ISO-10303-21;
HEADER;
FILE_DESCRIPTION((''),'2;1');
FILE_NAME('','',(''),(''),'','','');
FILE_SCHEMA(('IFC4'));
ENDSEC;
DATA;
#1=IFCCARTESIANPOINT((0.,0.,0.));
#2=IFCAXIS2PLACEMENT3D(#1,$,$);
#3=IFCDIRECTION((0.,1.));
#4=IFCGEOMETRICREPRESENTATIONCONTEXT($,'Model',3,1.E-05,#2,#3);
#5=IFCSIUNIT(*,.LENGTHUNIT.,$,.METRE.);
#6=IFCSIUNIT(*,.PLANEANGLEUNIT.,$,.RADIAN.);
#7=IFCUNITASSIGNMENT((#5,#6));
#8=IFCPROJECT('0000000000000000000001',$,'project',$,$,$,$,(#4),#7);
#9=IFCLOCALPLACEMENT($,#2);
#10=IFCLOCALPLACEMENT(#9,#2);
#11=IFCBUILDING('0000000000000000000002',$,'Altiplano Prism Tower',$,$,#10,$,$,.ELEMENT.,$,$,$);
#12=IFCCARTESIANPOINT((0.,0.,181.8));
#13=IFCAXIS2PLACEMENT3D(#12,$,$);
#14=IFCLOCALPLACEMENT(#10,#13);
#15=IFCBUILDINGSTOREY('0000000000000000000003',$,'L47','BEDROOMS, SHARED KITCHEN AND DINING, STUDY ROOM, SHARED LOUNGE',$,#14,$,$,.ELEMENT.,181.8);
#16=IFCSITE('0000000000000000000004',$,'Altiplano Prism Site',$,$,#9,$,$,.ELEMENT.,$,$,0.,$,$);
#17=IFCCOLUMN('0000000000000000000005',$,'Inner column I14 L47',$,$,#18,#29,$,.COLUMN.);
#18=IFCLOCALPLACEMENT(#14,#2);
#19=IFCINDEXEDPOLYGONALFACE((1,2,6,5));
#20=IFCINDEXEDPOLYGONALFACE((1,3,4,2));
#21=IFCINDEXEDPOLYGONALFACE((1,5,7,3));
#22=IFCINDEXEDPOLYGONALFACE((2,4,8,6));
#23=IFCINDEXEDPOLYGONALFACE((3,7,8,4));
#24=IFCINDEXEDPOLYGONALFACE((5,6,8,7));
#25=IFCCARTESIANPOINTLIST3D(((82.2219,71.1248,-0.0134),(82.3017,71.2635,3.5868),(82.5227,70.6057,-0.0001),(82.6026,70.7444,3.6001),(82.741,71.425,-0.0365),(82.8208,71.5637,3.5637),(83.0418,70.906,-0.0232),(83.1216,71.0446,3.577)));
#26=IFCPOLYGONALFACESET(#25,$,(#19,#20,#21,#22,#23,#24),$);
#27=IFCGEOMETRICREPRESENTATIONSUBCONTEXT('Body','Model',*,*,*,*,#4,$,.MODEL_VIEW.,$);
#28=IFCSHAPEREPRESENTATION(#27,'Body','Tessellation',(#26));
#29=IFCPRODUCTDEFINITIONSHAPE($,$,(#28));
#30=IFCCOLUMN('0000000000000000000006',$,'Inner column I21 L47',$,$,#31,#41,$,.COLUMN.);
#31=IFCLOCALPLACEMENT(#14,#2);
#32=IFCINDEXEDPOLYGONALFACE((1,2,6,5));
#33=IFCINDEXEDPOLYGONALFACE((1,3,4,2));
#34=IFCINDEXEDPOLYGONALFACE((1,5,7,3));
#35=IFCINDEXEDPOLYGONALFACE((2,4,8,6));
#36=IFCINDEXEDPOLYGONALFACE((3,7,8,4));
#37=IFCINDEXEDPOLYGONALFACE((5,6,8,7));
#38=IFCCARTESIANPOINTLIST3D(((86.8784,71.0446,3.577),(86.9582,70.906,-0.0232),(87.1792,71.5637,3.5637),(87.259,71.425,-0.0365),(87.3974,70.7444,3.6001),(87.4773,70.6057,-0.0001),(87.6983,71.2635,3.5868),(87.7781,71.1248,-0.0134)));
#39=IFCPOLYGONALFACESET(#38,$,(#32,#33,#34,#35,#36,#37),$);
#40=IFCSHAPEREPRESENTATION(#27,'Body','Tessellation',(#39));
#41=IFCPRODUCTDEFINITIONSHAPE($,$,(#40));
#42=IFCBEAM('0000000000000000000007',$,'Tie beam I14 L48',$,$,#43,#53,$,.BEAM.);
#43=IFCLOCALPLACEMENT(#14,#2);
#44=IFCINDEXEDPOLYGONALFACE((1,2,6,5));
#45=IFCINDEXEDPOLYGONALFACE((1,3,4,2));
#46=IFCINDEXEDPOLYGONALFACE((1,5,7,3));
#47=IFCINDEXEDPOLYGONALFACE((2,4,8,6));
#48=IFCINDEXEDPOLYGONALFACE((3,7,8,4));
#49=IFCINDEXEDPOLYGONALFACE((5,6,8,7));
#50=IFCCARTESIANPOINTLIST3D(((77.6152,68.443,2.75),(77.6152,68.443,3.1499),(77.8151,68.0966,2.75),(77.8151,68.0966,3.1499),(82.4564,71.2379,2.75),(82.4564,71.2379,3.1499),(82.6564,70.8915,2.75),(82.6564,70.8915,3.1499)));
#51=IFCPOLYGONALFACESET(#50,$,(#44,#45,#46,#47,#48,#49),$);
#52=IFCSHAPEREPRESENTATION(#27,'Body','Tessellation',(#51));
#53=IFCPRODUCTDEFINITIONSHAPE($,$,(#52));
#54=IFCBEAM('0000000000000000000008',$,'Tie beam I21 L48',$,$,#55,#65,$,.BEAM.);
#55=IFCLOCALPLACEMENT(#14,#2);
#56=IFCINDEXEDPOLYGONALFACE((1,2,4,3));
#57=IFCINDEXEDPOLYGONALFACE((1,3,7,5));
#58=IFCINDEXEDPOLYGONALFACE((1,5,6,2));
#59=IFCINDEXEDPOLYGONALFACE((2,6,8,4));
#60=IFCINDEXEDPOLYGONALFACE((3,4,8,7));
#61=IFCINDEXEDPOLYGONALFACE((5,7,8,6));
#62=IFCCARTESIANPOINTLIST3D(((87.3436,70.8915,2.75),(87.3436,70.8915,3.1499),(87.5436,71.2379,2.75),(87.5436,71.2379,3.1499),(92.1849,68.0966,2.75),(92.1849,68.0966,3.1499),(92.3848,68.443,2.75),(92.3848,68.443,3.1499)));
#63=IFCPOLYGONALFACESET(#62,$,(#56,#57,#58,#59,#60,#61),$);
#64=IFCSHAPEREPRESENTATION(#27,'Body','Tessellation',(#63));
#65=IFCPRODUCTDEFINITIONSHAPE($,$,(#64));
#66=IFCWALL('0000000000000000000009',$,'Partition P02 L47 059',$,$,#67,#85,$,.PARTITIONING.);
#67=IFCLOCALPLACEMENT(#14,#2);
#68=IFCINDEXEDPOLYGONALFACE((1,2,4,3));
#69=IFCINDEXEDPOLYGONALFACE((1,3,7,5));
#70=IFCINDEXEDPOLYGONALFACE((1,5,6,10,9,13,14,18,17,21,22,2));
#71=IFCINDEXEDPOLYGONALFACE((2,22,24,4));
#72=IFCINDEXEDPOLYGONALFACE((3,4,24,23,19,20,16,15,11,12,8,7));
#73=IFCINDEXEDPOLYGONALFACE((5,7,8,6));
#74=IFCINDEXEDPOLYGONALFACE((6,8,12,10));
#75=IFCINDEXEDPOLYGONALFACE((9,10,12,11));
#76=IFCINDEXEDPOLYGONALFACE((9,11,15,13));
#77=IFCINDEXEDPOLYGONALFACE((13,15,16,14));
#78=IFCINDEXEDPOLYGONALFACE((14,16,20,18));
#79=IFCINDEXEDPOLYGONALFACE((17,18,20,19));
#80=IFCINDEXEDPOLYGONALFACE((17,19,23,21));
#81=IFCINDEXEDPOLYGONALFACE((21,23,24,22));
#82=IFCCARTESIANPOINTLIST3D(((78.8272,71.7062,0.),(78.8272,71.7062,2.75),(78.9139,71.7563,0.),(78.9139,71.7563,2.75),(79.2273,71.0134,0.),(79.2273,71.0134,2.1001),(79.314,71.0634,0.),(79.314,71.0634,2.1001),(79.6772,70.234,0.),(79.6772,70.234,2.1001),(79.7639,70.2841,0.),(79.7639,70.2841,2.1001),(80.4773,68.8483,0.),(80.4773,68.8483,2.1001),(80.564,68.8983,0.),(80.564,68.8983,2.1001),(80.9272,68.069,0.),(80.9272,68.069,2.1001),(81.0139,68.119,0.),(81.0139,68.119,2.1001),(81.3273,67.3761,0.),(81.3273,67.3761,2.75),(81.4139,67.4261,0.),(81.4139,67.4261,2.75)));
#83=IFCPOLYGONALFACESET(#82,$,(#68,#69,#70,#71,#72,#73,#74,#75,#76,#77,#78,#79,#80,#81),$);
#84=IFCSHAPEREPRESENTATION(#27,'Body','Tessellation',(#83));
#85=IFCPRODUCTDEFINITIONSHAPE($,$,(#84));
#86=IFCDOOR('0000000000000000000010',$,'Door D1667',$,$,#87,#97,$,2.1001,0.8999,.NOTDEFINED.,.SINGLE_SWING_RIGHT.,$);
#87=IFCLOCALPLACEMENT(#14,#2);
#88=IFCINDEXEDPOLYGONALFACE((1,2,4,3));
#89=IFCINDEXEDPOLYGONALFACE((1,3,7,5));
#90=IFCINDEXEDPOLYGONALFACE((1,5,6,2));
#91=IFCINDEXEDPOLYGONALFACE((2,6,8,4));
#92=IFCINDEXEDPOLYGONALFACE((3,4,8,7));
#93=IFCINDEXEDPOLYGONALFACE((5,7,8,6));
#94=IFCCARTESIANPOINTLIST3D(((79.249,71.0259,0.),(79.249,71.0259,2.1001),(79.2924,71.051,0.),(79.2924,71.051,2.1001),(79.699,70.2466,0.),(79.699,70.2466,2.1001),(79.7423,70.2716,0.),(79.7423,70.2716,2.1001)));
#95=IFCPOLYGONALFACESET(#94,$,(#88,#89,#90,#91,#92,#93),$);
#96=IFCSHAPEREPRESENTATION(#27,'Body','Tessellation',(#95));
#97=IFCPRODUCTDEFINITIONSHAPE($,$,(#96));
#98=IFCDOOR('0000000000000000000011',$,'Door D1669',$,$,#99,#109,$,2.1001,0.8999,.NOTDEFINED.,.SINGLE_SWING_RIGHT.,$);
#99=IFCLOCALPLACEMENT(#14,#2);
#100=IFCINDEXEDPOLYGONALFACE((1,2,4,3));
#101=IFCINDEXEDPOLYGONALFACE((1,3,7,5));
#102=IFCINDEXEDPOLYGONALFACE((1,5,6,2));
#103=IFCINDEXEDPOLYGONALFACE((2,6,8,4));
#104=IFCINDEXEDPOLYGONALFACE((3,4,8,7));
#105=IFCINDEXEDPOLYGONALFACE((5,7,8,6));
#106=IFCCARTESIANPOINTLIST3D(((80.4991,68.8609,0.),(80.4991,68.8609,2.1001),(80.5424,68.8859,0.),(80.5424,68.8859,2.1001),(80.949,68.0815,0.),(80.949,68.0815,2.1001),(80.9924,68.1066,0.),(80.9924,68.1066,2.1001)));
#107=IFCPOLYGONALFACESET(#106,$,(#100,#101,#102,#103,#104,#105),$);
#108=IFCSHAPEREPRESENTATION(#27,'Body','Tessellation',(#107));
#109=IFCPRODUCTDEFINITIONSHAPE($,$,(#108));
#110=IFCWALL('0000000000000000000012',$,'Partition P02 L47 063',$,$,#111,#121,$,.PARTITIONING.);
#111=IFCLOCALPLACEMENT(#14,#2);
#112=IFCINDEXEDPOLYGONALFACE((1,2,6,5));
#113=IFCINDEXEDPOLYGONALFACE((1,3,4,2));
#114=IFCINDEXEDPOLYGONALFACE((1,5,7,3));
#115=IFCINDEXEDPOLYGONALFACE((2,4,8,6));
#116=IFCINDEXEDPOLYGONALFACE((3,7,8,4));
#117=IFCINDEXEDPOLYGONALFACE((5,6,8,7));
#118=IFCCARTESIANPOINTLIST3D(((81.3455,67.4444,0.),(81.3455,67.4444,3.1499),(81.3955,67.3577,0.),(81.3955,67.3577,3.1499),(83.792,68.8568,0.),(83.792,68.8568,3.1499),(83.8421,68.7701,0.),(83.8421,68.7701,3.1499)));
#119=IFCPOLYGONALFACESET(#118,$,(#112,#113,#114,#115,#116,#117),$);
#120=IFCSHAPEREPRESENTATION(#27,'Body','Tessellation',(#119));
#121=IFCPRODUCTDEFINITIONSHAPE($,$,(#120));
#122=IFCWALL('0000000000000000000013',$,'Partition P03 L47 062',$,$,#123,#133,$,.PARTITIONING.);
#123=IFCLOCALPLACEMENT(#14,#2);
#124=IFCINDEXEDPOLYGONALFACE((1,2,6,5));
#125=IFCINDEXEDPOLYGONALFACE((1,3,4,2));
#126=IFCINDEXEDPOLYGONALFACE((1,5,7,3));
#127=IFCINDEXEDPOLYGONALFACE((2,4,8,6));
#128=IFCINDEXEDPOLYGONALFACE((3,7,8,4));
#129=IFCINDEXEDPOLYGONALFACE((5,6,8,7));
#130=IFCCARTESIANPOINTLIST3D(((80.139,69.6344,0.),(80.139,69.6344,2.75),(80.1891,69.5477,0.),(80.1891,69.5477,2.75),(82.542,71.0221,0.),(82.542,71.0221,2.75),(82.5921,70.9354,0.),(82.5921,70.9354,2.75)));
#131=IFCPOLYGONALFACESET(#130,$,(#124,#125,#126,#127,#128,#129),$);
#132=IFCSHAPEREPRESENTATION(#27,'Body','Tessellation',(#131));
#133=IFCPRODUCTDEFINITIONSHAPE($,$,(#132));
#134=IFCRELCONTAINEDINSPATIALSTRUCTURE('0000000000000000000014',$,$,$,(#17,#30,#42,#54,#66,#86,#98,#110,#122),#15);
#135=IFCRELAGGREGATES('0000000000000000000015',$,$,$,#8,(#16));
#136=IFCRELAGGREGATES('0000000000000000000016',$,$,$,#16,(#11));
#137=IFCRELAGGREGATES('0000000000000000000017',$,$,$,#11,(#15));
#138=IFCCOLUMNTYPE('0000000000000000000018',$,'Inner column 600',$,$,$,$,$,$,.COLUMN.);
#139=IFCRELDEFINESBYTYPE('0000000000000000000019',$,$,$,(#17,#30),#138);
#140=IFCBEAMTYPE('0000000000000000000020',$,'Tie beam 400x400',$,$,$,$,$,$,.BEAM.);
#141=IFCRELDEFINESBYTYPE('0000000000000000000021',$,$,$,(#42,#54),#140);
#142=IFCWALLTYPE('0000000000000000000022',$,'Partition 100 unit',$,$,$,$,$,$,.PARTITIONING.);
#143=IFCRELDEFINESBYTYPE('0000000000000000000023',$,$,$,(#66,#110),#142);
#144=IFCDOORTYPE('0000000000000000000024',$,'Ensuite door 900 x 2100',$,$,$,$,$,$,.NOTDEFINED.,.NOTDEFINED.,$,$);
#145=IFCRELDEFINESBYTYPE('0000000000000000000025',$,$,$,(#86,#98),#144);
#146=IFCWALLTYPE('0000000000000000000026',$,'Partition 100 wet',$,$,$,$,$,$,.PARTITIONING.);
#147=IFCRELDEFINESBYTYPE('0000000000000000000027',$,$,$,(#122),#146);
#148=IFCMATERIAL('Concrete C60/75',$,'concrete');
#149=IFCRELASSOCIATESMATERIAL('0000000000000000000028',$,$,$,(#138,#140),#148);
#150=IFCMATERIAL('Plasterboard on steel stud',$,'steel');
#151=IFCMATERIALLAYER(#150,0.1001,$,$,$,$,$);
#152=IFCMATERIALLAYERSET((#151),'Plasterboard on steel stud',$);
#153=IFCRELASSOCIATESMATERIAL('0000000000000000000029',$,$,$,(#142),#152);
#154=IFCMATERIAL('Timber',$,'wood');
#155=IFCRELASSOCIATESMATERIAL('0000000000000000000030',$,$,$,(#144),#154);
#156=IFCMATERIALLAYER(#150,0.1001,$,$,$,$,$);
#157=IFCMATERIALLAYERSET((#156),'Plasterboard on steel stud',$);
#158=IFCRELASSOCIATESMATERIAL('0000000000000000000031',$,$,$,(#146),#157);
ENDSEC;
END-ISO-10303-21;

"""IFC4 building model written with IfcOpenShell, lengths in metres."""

from ifc_helpers import new_model, si_unit, direction, frame, frame_2d, origin, origin_2d, place, context, subcontext, project, spatial, rectangle, extrude, material, layer, layer_set, material_profile, profile_set, type_object, element, fill, save


model = new_model("IFC4")

# Units and contexts
model_context = context("Model", 3, precision=1e-05, world=origin(), true_north=direction((0.0, 1.0)))
body_context = subcontext(model_context, "Body", "Model", "MODEL_VIEW")
ifc_project = project(units=[si_unit("LENGTHUNIT", "METRE"), si_unit("PLANEANGLEUNIT", "RADIAN")], contexts=[model_context])

# Site, building, storey
site_placement = place(None, origin())
site = spatial("IfcSite", under=ifc_project, at=site_placement, Name="Altiplano Prism Site", CompositionType="ELEMENT", RefElevation=0.0)
building_placement = place(site_placement, origin())
building = spatial("IfcBuilding", under=site, at=building_placement, Name="Altiplano Prism Tower", CompositionType="ELEMENT")
storey_placement = place(building_placement, frame((0.0, 0.0, 181.8)))
storey = spatial("IfcBuildingStorey", under=building, at=storey_placement, Name="L47", Description="BEDROOMS, SHARED KITCHEN AND DINING, STUDY ROOM, SHARED LOUNGE", CompositionType="ELEMENT", Elevation=181.8)

# Columns
ifc_material_1 = material(Name="Concrete C60/75", Category="concrete")
ifc_material_profile_1 = material_profile(ifc_material_1, rectangle(XDim=0.6001, YDim=0.6001, at=origin_2d()), Name="Inner column 600")
ifc_profile_set_1 = profile_set([ifc_material_profile_1], Name="Concrete C60/75")
column_type = type_object("IfcColumnType", Name="Inner column 600", PredefinedType="COLUMN", material=ifc_profile_set_1)
for number, where, z_axis, x_axis, name in (
    (1, (82.6318, 71.0154, -0.0183), (0.022154, 0.038481, 0.999014), (-0.864984, -0.500324, 0.038453), "Inner column I14 L47"),
    (2, (87.3682, 71.0154, -0.0183), (-0.022154, 0.038481, 0.999014), (-0.50131, -0.864983, 0.022201), "Inner column I21 L47"),
):
    element("IfcColumn", number, at=place(storey_placement, frame(where, z_axis=z_axis, x_axis=x_axis)), inside=storey, type_object=column_type, Name=name, PredefinedType="COLUMN", context=body_context, shape_type="SweptSolid", body=[
        extrude(rectangle(XDim=0.6001, YDim=0.6001, at=origin_2d()), origin(), (0.0, 0.0, 1.0), 3.6038),
    ])

# Beams
ifc_material_profile_2 = material_profile(ifc_material_1, rectangle(XDim=0.3999, YDim=0.3999, at=origin_2d()), Name="Tie beam 400x400")
ifc_profile_set_2 = profile_set([ifc_material_profile_2], Name="Concrete C60/75")
beam_type = type_object("IfcBeamType", Name="Tie beam 400x400", PredefinedType="BEAM", material=ifc_profile_set_2)
for number, where, z_axis, x_axis, name in (
    (3, (82.5564, 71.0647, 2.95), (-0.866042, -0.499972, 0.0), (0.499972, -0.866042, 0.0), "Tie beam I14 L48"),
    (4, (87.4436, 71.0647, 2.95), (0.866042, -0.499972, 0.0), (0.499972, 0.866042, 0.0), "Tie beam I21 L48"),
):
    element("IfcBeam", number, at=place(storey_placement, frame(where, z_axis=z_axis, x_axis=x_axis)), inside=storey, type_object=beam_type, Name=name, PredefinedType="BEAM", context=body_context, shape_type="SweptSolid", body=[
        extrude(rectangle(XDim=0.3999, YDim=0.3999, at=origin_2d()), origin(), (0.0, 0.0, 1.0), 5.5901),
    ])

# Wall, openings, doors
ifc_material_2 = material(Name="Plasterboard on steel stud", Category="steel")
ifc_layer_1 = layer(ifc_material_2, 0.1001)
ifc_layer_set_1 = layer_set([ifc_layer_1], Name="Plasterboard on steel stud")
wall_type_1 = type_object("IfcWallType", Name="Partition 100 unit", PredefinedType="PARTITIONING", material=ifc_layer_set_1)
wall_1_placement = place(storey_placement, frame((81.3706, 67.4011, 0.0), z_axis=(0.0, 0.0, 1.0), x_axis=(-0.500004, 0.866023, 0.0)))
wall_1 = element("IfcWall", 5, at=wall_1_placement, inside=storey, type_object=wall_type_1, Name="Partition P02 L47 059", PredefinedType="PARTITIONING", context=body_context, shape_type="SweptSolid", body=[
    extrude(rectangle(XDim=5.0, YDim=0.1001, at=frame_2d((2.5, 0.0))), origin(), (0.0, 0.0, 1.0), 2.75),
])
opening_1_placement = place(wall_1_placement, frame((3.3, 0.0, 0.0)))
opening_1 = element("IfcOpeningElement", 6, at=opening_1_placement, cuts=wall_1, PredefinedType="OPENING", context=body_context, shape_type="SweptSolid", body=[
    extrude(rectangle(XDim=0.8999, YDim=2.1001, at=frame_2d((0.45, 1.05))), frame((0.0, 0.0605, 0.0), z_axis=(0.0, -1.0, 0.0), x_axis=(1.0, 0.0, 0.0)), (0.0, 0.0, 1.0), 0.1211),
])
opening_2_placement = place(wall_1_placement, frame((0.8, 0.0, 0.0)))
opening_2 = element("IfcOpeningElement", 7, at=opening_2_placement, cuts=wall_1, PredefinedType="OPENING", context=body_context, shape_type="SweptSolid", body=[
    extrude(rectangle(XDim=0.8999, YDim=2.1001, at=frame_2d((0.45, 1.05))), frame((0.0, 0.0605, 0.0), z_axis=(0.0, -1.0, 0.0), x_axis=(1.0, 0.0, 0.0)), (0.0, 0.0, 1.0), 0.1211),
])
ifc_material_3 = material(Name="Timber", Category="wood")
door_type_1 = type_object("IfcDoorType", Name="Ensuite door 900 x 2100", OperationType="NOTDEFINED", PredefinedType="NOTDEFINED", material=ifc_material_3)
door_1_placement = place(opening_1_placement, origin())
door_1 = element("IfcDoor", 8, at=door_1_placement, inside=storey, type_object=door_type_1, Name="Door D1667", OperationType="SINGLE_SWING_RIGHT", OverallHeight=2.1001, OverallWidth=0.8999, PredefinedType="NOTDEFINED", context=body_context, shape_type="SweptSolid", body=[
    extrude(rectangle(XDim=0.8999, YDim=2.1001, at=frame_2d((0.45, 1.05))), frame((0.0, 0.0249, 0.0), z_axis=(0.0, -1.0, 0.0), x_axis=(1.0, 0.0, 0.0)), (0.0, 0.0, 1.0), 0.05),
])
fill(opening_1, door_1)
door_2_placement = place(opening_2_placement, origin())
door_2 = element("IfcDoor", 9, at=door_2_placement, inside=storey, type_object=door_type_1, Name="Door D1669", OperationType="SINGLE_SWING_RIGHT", OverallHeight=2.1001, OverallWidth=0.8999, PredefinedType="NOTDEFINED", context=body_context, shape_type="SweptSolid", body=[
    extrude(rectangle(XDim=0.8999, YDim=2.1001, at=frame_2d((0.45, 1.05))), frame((0.0, 0.0249, 0.0), z_axis=(0.0, -1.0, 0.0), x_axis=(1.0, 0.0, 0.0)), (0.0, 0.0, 1.0), 0.05),
])
fill(opening_2, door_2)

# Walls
wall_2_placement = place(storey_placement, frame((83.8171, 68.8135, 0.0), z_axis=(0.0, 0.0, 1.0), x_axis=(-0.866049, -0.499959, 0.0)))
element("IfcWall", 10, at=wall_2_placement, inside=storey, type_object=wall_type_1, Name="Partition P02 L47 063", PredefinedType="PARTITIONING", context=body_context, shape_type="SweptSolid", body=[
    extrude(rectangle(XDim=2.825, YDim=0.1001, at=frame_2d((1.4126, 0.0))), origin(), (0.0, 0.0, 1.0), 3.1499),
])
ifc_layer_2 = layer(ifc_material_2, 0.1001)
ifc_layer_set_2 = layer_set([ifc_layer_2], Name="Plasterboard on steel stud")
wall_type_2 = type_object("IfcWallType", Name="Partition 100 wet", PredefinedType="PARTITIONING", material=ifc_layer_set_2)
wall_3_placement = place(storey_placement, frame((80.1641, 69.5911, 0.0), z_axis=(0.0, 0.0, 1.0), x_axis=(0.865982, 0.500075, 0.0)))
element("IfcWall", 11, at=wall_3_placement, inside=storey, type_object=wall_type_2, Name="Partition P03 L47 062", PredefinedType="PARTITIONING", context=body_context, shape_type="SweptSolid", body=[
    extrude(rectangle(XDim=2.7749, YDim=0.1001, at=frame_2d((1.3875, 0.0))), origin(), (0.0, 0.0, 1.0), 2.75),
])

save(model, "model.ifc")
